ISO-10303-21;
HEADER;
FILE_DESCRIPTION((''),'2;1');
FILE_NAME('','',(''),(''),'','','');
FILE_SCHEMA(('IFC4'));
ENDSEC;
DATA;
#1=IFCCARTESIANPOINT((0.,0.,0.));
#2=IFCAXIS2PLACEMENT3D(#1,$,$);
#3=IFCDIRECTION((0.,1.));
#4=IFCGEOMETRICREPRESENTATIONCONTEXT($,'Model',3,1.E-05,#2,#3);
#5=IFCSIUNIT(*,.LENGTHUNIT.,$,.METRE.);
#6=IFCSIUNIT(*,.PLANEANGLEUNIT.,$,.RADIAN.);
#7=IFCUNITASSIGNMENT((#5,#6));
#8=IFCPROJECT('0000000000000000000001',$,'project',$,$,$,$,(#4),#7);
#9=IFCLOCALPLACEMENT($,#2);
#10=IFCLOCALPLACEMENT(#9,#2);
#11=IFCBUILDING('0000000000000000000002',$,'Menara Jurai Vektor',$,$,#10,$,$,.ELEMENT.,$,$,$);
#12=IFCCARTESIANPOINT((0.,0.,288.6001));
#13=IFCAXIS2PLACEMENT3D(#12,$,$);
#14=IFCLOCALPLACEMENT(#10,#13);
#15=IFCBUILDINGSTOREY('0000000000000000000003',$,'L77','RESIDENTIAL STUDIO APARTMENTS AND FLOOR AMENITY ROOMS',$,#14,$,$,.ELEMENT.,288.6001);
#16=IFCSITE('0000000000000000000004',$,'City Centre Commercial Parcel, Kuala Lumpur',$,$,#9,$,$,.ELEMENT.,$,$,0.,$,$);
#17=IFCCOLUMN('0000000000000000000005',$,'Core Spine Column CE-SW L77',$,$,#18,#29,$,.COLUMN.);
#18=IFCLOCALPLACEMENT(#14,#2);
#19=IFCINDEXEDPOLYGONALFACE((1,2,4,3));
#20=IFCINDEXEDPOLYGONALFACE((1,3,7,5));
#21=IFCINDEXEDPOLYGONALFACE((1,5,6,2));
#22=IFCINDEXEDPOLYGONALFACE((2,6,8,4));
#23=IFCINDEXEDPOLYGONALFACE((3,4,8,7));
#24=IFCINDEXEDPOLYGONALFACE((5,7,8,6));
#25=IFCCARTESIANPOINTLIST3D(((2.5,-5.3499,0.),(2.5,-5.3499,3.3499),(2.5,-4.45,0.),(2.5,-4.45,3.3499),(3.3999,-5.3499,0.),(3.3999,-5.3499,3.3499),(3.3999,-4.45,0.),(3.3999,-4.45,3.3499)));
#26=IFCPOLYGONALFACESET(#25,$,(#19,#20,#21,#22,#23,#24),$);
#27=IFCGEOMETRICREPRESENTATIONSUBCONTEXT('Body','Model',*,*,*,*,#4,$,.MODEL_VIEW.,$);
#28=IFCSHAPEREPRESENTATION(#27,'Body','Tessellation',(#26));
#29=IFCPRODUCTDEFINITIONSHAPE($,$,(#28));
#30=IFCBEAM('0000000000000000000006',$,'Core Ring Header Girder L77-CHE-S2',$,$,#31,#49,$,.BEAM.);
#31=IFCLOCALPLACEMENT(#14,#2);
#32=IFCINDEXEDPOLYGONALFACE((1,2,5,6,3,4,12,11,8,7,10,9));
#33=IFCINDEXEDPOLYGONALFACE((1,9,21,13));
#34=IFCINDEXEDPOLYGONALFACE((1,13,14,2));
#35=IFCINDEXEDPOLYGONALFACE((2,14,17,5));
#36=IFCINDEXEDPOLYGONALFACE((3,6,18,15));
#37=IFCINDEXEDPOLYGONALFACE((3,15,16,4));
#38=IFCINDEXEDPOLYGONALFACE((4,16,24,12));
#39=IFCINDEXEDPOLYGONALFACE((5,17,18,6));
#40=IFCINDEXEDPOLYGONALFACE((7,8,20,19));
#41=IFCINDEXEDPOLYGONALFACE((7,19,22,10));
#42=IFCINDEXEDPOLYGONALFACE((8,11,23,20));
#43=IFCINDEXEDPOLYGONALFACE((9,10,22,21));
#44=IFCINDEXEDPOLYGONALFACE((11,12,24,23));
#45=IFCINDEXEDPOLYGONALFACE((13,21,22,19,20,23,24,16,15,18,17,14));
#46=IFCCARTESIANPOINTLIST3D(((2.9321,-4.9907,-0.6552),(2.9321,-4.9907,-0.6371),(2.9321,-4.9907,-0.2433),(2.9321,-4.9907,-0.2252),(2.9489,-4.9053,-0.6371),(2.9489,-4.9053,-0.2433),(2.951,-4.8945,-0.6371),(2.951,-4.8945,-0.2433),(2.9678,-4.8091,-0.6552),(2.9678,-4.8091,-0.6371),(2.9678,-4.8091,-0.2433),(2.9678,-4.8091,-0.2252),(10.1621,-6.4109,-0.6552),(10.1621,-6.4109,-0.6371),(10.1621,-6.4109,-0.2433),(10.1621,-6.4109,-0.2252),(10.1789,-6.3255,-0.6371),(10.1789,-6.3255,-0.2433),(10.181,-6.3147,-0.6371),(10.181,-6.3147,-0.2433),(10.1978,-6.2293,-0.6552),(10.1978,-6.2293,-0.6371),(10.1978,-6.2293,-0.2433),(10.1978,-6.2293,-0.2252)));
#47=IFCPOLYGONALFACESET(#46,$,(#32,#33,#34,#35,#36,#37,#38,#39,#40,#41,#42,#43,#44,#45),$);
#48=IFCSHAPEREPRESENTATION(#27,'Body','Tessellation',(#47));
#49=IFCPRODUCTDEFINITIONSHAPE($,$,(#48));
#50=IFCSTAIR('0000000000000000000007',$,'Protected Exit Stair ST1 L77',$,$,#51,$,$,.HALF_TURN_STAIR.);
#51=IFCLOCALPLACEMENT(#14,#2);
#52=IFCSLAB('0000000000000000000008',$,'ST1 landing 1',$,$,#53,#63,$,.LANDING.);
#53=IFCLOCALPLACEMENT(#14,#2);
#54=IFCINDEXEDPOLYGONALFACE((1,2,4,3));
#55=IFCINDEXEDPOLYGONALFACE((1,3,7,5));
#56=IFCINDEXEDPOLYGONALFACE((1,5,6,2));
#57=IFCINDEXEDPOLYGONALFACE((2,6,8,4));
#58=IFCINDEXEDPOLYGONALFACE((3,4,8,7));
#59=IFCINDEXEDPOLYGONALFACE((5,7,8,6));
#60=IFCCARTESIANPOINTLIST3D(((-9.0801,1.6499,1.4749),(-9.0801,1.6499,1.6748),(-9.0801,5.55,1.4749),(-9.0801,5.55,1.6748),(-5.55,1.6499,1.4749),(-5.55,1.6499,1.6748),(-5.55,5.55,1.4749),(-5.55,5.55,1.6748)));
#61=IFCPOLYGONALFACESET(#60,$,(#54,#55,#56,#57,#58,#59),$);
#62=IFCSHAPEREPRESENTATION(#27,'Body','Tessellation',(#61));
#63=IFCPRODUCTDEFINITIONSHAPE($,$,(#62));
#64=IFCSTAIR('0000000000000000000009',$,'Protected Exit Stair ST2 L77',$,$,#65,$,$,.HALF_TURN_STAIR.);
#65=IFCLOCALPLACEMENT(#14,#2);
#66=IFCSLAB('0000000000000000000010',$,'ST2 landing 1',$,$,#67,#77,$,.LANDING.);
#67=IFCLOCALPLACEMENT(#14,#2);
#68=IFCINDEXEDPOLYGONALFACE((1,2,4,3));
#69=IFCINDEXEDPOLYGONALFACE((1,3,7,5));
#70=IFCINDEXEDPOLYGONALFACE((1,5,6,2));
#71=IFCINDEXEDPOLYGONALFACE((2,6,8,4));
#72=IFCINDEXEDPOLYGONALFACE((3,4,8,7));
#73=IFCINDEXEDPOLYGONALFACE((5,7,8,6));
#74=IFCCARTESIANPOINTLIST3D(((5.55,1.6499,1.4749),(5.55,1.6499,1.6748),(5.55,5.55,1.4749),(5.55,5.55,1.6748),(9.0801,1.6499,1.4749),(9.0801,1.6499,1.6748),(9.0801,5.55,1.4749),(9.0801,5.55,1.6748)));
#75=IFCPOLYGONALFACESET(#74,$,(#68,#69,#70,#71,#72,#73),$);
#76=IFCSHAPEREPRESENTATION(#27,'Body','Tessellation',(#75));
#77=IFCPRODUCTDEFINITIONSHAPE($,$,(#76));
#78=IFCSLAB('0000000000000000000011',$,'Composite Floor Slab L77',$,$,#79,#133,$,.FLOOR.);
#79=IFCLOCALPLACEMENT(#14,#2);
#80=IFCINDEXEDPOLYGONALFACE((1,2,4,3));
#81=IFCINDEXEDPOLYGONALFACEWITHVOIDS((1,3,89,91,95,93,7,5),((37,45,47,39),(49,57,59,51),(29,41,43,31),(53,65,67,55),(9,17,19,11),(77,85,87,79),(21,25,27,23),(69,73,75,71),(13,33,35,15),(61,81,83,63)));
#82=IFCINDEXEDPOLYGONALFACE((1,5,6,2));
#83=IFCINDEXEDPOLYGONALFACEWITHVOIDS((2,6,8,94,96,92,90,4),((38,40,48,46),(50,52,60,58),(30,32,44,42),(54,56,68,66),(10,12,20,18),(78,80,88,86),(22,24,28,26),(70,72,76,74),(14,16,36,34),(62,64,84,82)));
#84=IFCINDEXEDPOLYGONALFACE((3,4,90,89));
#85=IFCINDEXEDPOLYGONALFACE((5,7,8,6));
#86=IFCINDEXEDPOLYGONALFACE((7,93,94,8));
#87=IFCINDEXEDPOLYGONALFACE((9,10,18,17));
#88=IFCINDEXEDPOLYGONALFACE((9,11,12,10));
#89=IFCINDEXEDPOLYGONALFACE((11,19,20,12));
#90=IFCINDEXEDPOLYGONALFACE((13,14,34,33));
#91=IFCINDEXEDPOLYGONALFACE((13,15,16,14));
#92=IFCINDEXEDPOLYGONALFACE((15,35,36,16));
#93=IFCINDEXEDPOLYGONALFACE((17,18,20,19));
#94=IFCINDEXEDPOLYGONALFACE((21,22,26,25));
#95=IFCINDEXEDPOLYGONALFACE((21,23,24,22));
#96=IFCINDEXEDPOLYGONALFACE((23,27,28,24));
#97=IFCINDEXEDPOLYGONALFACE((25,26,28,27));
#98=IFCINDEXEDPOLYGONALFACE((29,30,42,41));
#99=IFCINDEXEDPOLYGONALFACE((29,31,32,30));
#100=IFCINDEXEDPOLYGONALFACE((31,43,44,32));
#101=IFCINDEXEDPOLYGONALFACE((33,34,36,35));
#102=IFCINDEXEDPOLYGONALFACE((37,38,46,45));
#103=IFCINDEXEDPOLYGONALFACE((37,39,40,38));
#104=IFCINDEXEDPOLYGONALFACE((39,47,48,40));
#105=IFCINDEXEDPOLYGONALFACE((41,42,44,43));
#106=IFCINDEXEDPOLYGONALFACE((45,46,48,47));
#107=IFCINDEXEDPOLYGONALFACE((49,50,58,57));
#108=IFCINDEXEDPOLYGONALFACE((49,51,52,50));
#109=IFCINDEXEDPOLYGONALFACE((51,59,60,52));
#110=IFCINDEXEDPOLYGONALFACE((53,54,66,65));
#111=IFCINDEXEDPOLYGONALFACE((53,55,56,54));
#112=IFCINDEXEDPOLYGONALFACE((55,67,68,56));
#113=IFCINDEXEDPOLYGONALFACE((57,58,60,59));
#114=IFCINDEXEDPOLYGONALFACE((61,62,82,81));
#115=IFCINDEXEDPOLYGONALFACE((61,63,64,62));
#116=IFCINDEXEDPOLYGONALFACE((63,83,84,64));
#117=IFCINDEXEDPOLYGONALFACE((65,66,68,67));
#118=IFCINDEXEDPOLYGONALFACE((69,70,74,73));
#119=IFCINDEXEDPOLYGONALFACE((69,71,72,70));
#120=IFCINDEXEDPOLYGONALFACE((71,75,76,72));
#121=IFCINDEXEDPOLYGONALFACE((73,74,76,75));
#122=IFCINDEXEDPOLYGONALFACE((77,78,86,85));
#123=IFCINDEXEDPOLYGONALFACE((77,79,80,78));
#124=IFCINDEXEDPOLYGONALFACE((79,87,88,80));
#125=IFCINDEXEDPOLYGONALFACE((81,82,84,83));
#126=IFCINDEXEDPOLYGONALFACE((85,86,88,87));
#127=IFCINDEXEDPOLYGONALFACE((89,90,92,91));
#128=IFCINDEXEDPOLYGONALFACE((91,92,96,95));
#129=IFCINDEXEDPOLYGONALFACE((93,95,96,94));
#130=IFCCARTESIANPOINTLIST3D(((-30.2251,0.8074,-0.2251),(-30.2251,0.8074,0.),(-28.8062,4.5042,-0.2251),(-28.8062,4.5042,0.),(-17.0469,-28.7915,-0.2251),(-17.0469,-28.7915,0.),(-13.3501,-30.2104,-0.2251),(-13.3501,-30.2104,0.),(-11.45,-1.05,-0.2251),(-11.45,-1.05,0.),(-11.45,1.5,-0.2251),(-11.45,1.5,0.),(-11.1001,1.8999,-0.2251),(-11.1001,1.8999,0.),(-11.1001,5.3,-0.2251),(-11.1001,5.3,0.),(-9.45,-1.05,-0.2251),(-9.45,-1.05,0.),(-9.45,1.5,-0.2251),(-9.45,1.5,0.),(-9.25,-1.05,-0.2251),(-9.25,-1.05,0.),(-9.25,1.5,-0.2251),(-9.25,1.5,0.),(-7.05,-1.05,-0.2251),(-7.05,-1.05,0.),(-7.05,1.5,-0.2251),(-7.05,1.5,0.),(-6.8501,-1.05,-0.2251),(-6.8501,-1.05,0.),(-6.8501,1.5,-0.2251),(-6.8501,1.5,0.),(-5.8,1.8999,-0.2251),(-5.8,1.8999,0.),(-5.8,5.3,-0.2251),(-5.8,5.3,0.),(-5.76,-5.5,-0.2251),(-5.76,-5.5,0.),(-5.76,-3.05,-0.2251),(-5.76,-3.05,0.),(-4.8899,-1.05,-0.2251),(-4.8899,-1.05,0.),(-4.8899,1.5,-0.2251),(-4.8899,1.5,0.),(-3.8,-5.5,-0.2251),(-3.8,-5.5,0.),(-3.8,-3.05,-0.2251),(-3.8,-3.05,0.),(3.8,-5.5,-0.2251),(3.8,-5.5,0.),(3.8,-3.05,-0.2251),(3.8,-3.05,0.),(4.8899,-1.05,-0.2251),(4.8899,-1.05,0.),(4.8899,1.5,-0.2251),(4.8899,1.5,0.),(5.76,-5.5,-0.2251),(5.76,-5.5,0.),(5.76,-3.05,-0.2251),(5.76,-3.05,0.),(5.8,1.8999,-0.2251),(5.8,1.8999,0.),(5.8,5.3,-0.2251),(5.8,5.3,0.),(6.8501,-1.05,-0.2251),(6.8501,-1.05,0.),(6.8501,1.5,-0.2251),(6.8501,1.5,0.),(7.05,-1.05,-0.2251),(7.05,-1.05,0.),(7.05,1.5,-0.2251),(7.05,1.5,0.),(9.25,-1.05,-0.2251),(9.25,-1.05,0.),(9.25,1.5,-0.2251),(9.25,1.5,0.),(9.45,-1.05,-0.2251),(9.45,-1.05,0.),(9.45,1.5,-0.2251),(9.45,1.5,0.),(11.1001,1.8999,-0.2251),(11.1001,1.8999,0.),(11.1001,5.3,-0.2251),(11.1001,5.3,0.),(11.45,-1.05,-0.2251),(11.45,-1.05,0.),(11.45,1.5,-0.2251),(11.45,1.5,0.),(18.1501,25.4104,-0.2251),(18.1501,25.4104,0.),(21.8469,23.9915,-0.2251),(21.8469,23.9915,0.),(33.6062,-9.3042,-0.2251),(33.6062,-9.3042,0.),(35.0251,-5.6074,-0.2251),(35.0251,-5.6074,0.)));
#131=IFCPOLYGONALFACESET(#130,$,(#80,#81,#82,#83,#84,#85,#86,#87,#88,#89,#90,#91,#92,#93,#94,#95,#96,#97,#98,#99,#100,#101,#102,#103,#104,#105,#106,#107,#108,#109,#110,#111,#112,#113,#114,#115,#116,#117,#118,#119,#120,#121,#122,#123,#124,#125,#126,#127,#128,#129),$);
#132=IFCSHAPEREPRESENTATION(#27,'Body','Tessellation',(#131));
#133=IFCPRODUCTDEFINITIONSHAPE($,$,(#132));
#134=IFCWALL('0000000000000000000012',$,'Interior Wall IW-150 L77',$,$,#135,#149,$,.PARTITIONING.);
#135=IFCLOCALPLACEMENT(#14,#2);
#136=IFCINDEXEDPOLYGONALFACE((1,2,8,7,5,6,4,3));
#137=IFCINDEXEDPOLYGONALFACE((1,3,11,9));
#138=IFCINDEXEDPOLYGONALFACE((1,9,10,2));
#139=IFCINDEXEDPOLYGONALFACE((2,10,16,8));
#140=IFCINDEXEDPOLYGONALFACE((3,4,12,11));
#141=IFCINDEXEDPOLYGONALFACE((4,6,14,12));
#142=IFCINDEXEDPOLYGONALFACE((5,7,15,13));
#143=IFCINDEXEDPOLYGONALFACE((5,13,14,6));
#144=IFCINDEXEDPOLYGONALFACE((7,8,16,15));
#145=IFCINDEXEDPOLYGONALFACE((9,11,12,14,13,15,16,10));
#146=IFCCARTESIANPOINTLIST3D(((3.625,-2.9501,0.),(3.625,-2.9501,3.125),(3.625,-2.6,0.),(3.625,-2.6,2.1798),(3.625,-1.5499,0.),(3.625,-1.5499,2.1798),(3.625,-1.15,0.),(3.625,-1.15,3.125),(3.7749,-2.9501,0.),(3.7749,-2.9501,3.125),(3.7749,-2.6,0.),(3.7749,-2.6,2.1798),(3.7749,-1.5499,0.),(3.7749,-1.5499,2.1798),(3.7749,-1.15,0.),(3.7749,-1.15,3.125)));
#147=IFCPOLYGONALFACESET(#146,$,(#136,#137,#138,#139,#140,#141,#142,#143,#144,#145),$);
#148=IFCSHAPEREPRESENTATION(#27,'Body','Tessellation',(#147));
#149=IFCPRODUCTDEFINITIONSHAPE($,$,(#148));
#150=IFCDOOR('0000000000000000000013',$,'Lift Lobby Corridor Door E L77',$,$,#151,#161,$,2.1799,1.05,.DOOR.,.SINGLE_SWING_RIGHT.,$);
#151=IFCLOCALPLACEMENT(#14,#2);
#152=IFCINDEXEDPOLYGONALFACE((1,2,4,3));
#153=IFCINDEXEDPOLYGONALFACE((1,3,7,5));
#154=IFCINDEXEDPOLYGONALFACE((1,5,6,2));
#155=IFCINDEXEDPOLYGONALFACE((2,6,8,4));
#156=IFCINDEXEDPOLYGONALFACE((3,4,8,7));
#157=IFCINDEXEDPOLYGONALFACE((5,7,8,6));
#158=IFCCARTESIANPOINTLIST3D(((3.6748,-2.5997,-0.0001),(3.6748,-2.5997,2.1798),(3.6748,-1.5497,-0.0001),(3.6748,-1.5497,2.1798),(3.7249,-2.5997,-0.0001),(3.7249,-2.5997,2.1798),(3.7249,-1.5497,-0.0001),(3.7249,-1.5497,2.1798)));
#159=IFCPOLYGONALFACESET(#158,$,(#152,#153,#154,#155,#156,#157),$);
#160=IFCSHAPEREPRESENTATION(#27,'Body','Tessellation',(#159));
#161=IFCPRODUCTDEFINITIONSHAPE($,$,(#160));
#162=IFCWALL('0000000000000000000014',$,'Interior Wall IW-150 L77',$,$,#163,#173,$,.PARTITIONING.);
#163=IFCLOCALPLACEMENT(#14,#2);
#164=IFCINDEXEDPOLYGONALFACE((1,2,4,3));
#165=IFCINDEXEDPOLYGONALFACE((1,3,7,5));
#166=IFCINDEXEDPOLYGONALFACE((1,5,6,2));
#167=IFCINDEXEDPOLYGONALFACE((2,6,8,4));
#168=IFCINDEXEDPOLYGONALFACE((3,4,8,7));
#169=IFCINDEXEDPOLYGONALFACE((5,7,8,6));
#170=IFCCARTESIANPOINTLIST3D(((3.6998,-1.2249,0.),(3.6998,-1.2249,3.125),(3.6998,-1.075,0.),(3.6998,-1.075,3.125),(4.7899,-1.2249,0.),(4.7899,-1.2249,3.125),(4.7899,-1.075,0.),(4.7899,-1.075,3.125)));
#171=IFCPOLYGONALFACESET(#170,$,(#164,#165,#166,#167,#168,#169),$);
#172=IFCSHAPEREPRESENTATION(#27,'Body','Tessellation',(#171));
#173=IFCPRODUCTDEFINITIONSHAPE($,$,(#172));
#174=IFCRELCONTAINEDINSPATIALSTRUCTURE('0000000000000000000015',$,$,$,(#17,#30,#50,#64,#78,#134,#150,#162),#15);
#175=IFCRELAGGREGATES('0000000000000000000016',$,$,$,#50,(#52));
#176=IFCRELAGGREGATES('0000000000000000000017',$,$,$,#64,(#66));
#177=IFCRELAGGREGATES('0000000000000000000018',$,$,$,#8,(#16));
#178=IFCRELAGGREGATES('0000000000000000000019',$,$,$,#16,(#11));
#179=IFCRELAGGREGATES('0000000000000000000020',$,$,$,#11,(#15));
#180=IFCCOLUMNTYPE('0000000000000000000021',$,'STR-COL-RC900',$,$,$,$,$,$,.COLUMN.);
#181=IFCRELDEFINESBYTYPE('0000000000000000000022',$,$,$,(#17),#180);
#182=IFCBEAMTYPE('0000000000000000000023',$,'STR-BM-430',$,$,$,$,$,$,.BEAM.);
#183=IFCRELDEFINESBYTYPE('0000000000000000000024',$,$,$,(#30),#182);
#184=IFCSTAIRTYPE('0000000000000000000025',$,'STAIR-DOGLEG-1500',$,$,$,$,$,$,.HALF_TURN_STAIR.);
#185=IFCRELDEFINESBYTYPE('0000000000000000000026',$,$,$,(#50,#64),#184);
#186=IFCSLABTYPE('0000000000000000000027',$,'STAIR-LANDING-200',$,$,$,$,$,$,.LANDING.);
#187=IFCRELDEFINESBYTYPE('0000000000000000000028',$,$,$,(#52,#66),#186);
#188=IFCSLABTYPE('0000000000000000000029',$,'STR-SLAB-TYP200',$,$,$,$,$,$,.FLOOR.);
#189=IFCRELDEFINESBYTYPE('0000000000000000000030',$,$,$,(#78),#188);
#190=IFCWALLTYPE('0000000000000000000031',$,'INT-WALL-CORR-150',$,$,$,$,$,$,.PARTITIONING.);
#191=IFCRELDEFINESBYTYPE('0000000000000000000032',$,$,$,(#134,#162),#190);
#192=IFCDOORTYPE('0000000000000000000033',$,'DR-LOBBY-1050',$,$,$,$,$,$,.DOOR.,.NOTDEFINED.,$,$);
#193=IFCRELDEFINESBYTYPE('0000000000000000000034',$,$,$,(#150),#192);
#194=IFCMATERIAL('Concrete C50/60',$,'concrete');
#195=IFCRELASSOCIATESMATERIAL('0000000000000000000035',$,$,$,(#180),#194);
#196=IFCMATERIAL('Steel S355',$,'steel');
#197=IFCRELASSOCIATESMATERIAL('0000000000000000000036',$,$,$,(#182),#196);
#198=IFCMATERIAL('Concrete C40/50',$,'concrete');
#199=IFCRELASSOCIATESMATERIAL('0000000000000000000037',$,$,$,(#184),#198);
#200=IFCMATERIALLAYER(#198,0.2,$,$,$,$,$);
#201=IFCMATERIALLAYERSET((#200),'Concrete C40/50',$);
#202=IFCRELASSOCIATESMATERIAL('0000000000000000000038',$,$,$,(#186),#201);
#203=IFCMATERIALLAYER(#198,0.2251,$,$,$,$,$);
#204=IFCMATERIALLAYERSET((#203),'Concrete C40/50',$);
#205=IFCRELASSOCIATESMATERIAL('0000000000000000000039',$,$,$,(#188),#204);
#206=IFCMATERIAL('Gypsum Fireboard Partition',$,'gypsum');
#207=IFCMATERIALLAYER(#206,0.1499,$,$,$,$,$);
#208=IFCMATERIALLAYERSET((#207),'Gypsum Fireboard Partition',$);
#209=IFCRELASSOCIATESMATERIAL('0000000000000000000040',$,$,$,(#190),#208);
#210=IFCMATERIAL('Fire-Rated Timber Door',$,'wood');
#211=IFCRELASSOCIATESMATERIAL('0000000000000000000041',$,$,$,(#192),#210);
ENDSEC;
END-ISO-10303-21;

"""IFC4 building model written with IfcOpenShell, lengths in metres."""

from ifc_helpers import new_model, si_unit, direction, frame, frame_2d, origin, origin_2d, place, context, subcontext, project, spatial, polyline, rectangle, i_section, outline, extrude, material, layer, layer_set, material_profile, profile_set, type_object, element, fill, aggregate, save


model = new_model("IFC4")

# Units and contexts
model_context = context("Model", 3, precision=1e-05, world=origin(), true_north=direction((0.0, 1.0)))
body_context = subcontext(model_context, "Body", "Model", "MODEL_VIEW")
ifc_project = project(units=[si_unit("LENGTHUNIT", "METRE"), si_unit("PLANEANGLEUNIT", "RADIAN")], contexts=[model_context])

# Site, building, storey
site_placement = place(None, origin())
site = spatial("IfcSite", under=ifc_project, at=site_placement, Name="City Centre Commercial Parcel, Kuala Lumpur", CompositionType="ELEMENT", RefElevation=0.0)
building_placement = place(site_placement, origin())
building = spatial("IfcBuilding", under=site, at=building_placement, Name="Menara Jurai Vektor", CompositionType="ELEMENT")
storey_placement = place(building_placement, frame((0.0, 0.0, 288.6001)))
storey = spatial("IfcBuildingStorey", under=building, at=storey_placement, Name="L77", Description="RESIDENTIAL STUDIO APARTMENTS AND FLOOR AMENITY ROOMS", CompositionType="ELEMENT", Elevation=288.6001)

# Column
ifc_material_1 = material(Name="Concrete C50/60", Category="concrete")
ifc_material_profile_1 = material_profile(ifc_material_1, rectangle(XDim=0.8999, YDim=0.8999, at=origin_2d()), Name="RC 900x900")
ifc_profile_set_1 = profile_set([ifc_material_profile_1], Name="Concrete C50/60")
column_type = type_object("IfcColumnType", Name="STR-COL-RC900", PredefinedType="COLUMN", material=ifc_profile_set_1)
column_placement = place(storey_placement, frame((2.95, -4.8999, 0.0), z_axis=(0.0, 0.0, 1.0), x_axis=(1.0, 0.0, 0.0)))
element("IfcColumn", 1, at=column_placement, inside=storey, type_object=column_type, Name="Core Spine Column CE-SW L77", PredefinedType="COLUMN", context=body_context, shape_type="SweptSolid", body=[
    extrude(rectangle(XDim=0.8999, YDim=0.8999, at=origin_2d()), origin(), (0.0, 0.0, 1.0), 3.3499),
])

# Beam
ifc_material_2 = material(Name="Steel S355", Category="steel")
ifc_material_profile_2 = material_profile(ifc_material_2, i_section(OverallWidth=0.1851, OverallDepth=0.4299, WebThickness=0.011, FlangeThickness=0.0181, at=origin_2d()), Name="PG 430x185x76")
ifc_profile_set_2 = profile_set([ifc_material_profile_2], Name="Steel S355")
beam_type = type_object("IfcBeamType", Name="STR-BM-430", PredefinedType="BEAM", material=ifc_profile_set_2)
beam_placement = place(storey_placement, frame((2.95, -4.8999, -0.4402), z_axis=(0.981249, -0.192744, 0.0), x_axis=(0.192744, 0.981249, 0.0)))
element("IfcBeam", 2, at=beam_placement, inside=storey, type_object=beam_type, Name="Core Ring Header Girder L77-CHE-S2", PredefinedType="BEAM", context=body_context, shape_type="SweptSolid", body=[
    extrude(i_section(OverallWidth=0.1851, OverallDepth=0.4299, WebThickness=0.011, FlangeThickness=0.0181, at=origin_2d()), origin(), (0.0, 0.0, 1.0), 7.3682),
])

# Stairs, slabs
ifc_material_3 = material(Name="Concrete C40/50", Category="concrete")
stair_type = type_object("IfcStairType", Name="STAIR-DOGLEG-1500", PredefinedType="HALF_TURN_STAIR", material=ifc_material_3)
stair_1_placement = place(storey_placement, origin())
stair_1 = element("IfcStair", 3, at=stair_1_placement, inside=storey, type_object=stair_type, Name="Protected Exit Stair ST1 L77", PredefinedType="HALF_TURN_STAIR")
ifc_layer_1 = layer(ifc_material_3, 0.2)
ifc_layer_set_1 = layer_set([ifc_layer_1], Name="Concrete C40/50")
slab_type_1 = type_object("IfcSlabType", Name="STAIR-LANDING-200", PredefinedType="LANDING", material=ifc_layer_set_1)
slab_1_placement = place(storey_placement, frame((0.0, 0.0, 1.4749)))
slab_1 = element("IfcSlab", 4, at=slab_1_placement, type_object=slab_type_1, Name="ST1 landing 1", PredefinedType="LANDING", context=body_context, shape_type="SweptSolid", body=[
    extrude(outline(polyline([(-9.0801, 1.6499), (-5.55, 1.6499), (-5.55, 5.55), (-9.0801, 5.55), (-9.0801, 1.6499)])), origin(), (0.0, 0.0, 1.0), 0.2),
])
aggregate(stair_1, [slab_1])
stair_2_placement = place(storey_placement, origin())
stair_2 = element("IfcStair", 5, at=stair_2_placement, inside=storey, type_object=stair_type, Name="Protected Exit Stair ST2 L77", PredefinedType="HALF_TURN_STAIR")
slab_2_placement = place(storey_placement, frame((0.0, 0.0, 1.4749)))
slab_2 = element("IfcSlab", 6, at=slab_2_placement, type_object=slab_type_1, Name="ST2 landing 1", PredefinedType="LANDING", context=body_context, shape_type="SweptSolid", body=[
    extrude(outline(polyline([(5.55, 1.6499), (9.0801, 1.6499), (9.0801, 5.55), (5.55, 5.55), (5.55, 1.6499)])), origin(), (0.0, 0.0, 1.0), 0.2),
])
aggregate(stair_2, [slab_2])

# Slab
ifc_layer_2 = layer(ifc_material_3, 0.2251)
ifc_layer_set_2 = layer_set([ifc_layer_2], Name="Concrete C40/50")
slab_type_2 = type_object("IfcSlabType", Name="STR-SLAB-TYP200", PredefinedType="FLOOR", material=ifc_layer_set_2)
slab_3_placement = place(storey_placement, frame((0.0, 0.0, -0.2251)))
element("IfcSlab", 7, at=slab_3_placement, inside=storey, type_object=slab_type_2, Name="Composite Floor Slab L77", PredefinedType="FLOOR", context=body_context, shape_type="SweptSolid", body=[
    extrude(outline(polyline([(-13.3501, -30.2104), (33.6062, -9.3042), (35.0251, -5.6074), (21.8469, 23.9915), (18.1501, 25.4104), (-28.8062, 4.5042), (-30.2251, 0.8074), (-17.0469, -28.7915), (-13.3501, -30.2104)]), holes=[polyline([(-11.1001, 1.8999), (-11.1001, 5.3), (-5.8, 5.3), (-5.8, 1.8999), (-11.1001, 1.8999)]), polyline([(5.8, 1.8999), (5.8, 5.3), (11.1001, 5.3), (11.1001, 1.8999), (5.8, 1.8999)]), polyline([(-11.45, -1.05), (-11.45, 1.5), (-9.45, 1.5), (-9.45, -1.05), (-11.45, -1.05)]), polyline([(9.45, -1.05), (9.45, 1.5), (11.45, 1.5), (11.45, -1.05), (9.45, -1.05)]), polyline([(-5.76, -5.5), (-5.76, -3.05), (-3.8, -3.05), (-3.8, -5.5), (-5.76, -5.5)]), polyline([(-6.8501, -1.05), (-6.8501, 1.5), (-4.8899, 1.5), (-4.8899, -1.05), (-6.8501, -1.05)]), polyline([(3.8, -5.5), (3.8, -3.05), (5.76, -3.05), (5.76, -5.5), (3.8, -5.5)]), polyline([(4.8899, -1.05), (4.8899, 1.5), (6.8501, 1.5), (6.8501, -1.05), (4.8899, -1.05)]), polyline([(-9.25, -1.05), (-9.25, 1.5), (-7.05, 1.5), (-7.05, -1.05), (-9.25, -1.05)]), polyline([(7.05, -1.05), (7.05, 1.5), (9.25, 1.5), (9.25, -1.05), (7.05, -1.05)])]), origin(), (0.0, 0.0, 1.0), 0.2251),
])

# Wall, opening, door
ifc_material_4 = material(Name="Gypsum Fireboard Partition", Category="gypsum")
ifc_layer_3 = layer(ifc_material_4, 0.1499)
ifc_layer_set_3 = layer_set([ifc_layer_3], Name="Gypsum Fireboard Partition")
wall_type_1 = type_object("IfcWallType", Name="INT-WALL-CORR-150", PredefinedType="PARTITIONING", material=ifc_layer_set_3)
wall_1_placement = place(storey_placement, frame((3.7, -2.95, 0.0), z_axis=(0.0, 0.0, 1.0), x_axis=(0.0, 1.0, 0.0)))
wall_1 = element("IfcWall", 8, at=wall_1_placement, inside=storey, type_object=wall_type_1, Name="Interior Wall IW-150 L77", PredefinedType="PARTITIONING", context=body_context, shape_type="SweptSolid", body=[
    extrude(rectangle(XDim=1.8, YDim=0.1499, at=frame_2d((0.8999, 0.0))), origin(), (0.0, 0.0, 1.0), 3.125),
])
opening_1_placement = place(wall_1_placement, frame((0.3501, 0.0, 0.0)))
opening_1 = element("IfcOpeningElement", 9, at=opening_1_placement, cuts=wall_1, PredefinedType="OPENING", context=body_context, shape_type="SweptSolid", body=[
    extrude(rectangle(XDim=1.05, YDim=2.1799, at=frame_2d((0.5249, 1.0898))), frame((0.0, 0.085, 0.0), z_axis=(0.0, -1.0, 0.0), x_axis=(1.0, 0.0, 0.0)), (0.0, 0.0, 1.0), 0.1699),
])
ifc_material_5 = material(Name="Fire-Rated Timber Door", Category="wood")
door_type_1 = type_object("IfcDoorType", Name="DR-LOBBY-1050", OperationType="NOTDEFINED", PredefinedType="DOOR", material=ifc_material_5)
door_1_placement = place(opening_1_placement, frame((1.05, 0.0, 0.0), z_axis=(0.0, 0.0, 1.0), x_axis=(-1.0, 0.0, 0.0)))
door_1 = element("IfcDoor", 10, at=door_1_placement, inside=storey, type_object=door_type_1, Name="Lift Lobby Corridor Door E L77", OperationType="SINGLE_SWING_RIGHT", OverallHeight=2.1799, OverallWidth=1.05, PredefinedType="DOOR", context=body_context, shape_type="SweptSolid", body=[
    extrude(rectangle(XDim=1.05, YDim=2.1799, at=frame_2d((0.5249, 1.0898))), frame((0.0, 0.0249, 0.0), z_axis=(0.0, -1.0, 0.0), x_axis=(1.0, 0.0, 0.0)), (0.0, 0.0, 1.0), 0.05),
])
fill(opening_1, door_1)

# Wall
wall_2_placement = place(storey_placement, frame((3.7, -1.1499, 0.0), z_axis=(0.0, 0.0, 1.0), x_axis=(1.0, 0.0, 0.0)))
element("IfcWall", 11, at=wall_2_placement, inside=storey, type_object=wall_type_1, Name="Interior Wall IW-150 L77", PredefinedType="PARTITIONING", context=body_context, shape_type="SweptSolid", body=[
    extrude(rectangle(XDim=1.0901, YDim=0.1499, at=frame_2d((0.5449, 0.0))), origin(), (0.0, 0.0, 1.0), 3.125),
])

save(model, "model.ifc")
